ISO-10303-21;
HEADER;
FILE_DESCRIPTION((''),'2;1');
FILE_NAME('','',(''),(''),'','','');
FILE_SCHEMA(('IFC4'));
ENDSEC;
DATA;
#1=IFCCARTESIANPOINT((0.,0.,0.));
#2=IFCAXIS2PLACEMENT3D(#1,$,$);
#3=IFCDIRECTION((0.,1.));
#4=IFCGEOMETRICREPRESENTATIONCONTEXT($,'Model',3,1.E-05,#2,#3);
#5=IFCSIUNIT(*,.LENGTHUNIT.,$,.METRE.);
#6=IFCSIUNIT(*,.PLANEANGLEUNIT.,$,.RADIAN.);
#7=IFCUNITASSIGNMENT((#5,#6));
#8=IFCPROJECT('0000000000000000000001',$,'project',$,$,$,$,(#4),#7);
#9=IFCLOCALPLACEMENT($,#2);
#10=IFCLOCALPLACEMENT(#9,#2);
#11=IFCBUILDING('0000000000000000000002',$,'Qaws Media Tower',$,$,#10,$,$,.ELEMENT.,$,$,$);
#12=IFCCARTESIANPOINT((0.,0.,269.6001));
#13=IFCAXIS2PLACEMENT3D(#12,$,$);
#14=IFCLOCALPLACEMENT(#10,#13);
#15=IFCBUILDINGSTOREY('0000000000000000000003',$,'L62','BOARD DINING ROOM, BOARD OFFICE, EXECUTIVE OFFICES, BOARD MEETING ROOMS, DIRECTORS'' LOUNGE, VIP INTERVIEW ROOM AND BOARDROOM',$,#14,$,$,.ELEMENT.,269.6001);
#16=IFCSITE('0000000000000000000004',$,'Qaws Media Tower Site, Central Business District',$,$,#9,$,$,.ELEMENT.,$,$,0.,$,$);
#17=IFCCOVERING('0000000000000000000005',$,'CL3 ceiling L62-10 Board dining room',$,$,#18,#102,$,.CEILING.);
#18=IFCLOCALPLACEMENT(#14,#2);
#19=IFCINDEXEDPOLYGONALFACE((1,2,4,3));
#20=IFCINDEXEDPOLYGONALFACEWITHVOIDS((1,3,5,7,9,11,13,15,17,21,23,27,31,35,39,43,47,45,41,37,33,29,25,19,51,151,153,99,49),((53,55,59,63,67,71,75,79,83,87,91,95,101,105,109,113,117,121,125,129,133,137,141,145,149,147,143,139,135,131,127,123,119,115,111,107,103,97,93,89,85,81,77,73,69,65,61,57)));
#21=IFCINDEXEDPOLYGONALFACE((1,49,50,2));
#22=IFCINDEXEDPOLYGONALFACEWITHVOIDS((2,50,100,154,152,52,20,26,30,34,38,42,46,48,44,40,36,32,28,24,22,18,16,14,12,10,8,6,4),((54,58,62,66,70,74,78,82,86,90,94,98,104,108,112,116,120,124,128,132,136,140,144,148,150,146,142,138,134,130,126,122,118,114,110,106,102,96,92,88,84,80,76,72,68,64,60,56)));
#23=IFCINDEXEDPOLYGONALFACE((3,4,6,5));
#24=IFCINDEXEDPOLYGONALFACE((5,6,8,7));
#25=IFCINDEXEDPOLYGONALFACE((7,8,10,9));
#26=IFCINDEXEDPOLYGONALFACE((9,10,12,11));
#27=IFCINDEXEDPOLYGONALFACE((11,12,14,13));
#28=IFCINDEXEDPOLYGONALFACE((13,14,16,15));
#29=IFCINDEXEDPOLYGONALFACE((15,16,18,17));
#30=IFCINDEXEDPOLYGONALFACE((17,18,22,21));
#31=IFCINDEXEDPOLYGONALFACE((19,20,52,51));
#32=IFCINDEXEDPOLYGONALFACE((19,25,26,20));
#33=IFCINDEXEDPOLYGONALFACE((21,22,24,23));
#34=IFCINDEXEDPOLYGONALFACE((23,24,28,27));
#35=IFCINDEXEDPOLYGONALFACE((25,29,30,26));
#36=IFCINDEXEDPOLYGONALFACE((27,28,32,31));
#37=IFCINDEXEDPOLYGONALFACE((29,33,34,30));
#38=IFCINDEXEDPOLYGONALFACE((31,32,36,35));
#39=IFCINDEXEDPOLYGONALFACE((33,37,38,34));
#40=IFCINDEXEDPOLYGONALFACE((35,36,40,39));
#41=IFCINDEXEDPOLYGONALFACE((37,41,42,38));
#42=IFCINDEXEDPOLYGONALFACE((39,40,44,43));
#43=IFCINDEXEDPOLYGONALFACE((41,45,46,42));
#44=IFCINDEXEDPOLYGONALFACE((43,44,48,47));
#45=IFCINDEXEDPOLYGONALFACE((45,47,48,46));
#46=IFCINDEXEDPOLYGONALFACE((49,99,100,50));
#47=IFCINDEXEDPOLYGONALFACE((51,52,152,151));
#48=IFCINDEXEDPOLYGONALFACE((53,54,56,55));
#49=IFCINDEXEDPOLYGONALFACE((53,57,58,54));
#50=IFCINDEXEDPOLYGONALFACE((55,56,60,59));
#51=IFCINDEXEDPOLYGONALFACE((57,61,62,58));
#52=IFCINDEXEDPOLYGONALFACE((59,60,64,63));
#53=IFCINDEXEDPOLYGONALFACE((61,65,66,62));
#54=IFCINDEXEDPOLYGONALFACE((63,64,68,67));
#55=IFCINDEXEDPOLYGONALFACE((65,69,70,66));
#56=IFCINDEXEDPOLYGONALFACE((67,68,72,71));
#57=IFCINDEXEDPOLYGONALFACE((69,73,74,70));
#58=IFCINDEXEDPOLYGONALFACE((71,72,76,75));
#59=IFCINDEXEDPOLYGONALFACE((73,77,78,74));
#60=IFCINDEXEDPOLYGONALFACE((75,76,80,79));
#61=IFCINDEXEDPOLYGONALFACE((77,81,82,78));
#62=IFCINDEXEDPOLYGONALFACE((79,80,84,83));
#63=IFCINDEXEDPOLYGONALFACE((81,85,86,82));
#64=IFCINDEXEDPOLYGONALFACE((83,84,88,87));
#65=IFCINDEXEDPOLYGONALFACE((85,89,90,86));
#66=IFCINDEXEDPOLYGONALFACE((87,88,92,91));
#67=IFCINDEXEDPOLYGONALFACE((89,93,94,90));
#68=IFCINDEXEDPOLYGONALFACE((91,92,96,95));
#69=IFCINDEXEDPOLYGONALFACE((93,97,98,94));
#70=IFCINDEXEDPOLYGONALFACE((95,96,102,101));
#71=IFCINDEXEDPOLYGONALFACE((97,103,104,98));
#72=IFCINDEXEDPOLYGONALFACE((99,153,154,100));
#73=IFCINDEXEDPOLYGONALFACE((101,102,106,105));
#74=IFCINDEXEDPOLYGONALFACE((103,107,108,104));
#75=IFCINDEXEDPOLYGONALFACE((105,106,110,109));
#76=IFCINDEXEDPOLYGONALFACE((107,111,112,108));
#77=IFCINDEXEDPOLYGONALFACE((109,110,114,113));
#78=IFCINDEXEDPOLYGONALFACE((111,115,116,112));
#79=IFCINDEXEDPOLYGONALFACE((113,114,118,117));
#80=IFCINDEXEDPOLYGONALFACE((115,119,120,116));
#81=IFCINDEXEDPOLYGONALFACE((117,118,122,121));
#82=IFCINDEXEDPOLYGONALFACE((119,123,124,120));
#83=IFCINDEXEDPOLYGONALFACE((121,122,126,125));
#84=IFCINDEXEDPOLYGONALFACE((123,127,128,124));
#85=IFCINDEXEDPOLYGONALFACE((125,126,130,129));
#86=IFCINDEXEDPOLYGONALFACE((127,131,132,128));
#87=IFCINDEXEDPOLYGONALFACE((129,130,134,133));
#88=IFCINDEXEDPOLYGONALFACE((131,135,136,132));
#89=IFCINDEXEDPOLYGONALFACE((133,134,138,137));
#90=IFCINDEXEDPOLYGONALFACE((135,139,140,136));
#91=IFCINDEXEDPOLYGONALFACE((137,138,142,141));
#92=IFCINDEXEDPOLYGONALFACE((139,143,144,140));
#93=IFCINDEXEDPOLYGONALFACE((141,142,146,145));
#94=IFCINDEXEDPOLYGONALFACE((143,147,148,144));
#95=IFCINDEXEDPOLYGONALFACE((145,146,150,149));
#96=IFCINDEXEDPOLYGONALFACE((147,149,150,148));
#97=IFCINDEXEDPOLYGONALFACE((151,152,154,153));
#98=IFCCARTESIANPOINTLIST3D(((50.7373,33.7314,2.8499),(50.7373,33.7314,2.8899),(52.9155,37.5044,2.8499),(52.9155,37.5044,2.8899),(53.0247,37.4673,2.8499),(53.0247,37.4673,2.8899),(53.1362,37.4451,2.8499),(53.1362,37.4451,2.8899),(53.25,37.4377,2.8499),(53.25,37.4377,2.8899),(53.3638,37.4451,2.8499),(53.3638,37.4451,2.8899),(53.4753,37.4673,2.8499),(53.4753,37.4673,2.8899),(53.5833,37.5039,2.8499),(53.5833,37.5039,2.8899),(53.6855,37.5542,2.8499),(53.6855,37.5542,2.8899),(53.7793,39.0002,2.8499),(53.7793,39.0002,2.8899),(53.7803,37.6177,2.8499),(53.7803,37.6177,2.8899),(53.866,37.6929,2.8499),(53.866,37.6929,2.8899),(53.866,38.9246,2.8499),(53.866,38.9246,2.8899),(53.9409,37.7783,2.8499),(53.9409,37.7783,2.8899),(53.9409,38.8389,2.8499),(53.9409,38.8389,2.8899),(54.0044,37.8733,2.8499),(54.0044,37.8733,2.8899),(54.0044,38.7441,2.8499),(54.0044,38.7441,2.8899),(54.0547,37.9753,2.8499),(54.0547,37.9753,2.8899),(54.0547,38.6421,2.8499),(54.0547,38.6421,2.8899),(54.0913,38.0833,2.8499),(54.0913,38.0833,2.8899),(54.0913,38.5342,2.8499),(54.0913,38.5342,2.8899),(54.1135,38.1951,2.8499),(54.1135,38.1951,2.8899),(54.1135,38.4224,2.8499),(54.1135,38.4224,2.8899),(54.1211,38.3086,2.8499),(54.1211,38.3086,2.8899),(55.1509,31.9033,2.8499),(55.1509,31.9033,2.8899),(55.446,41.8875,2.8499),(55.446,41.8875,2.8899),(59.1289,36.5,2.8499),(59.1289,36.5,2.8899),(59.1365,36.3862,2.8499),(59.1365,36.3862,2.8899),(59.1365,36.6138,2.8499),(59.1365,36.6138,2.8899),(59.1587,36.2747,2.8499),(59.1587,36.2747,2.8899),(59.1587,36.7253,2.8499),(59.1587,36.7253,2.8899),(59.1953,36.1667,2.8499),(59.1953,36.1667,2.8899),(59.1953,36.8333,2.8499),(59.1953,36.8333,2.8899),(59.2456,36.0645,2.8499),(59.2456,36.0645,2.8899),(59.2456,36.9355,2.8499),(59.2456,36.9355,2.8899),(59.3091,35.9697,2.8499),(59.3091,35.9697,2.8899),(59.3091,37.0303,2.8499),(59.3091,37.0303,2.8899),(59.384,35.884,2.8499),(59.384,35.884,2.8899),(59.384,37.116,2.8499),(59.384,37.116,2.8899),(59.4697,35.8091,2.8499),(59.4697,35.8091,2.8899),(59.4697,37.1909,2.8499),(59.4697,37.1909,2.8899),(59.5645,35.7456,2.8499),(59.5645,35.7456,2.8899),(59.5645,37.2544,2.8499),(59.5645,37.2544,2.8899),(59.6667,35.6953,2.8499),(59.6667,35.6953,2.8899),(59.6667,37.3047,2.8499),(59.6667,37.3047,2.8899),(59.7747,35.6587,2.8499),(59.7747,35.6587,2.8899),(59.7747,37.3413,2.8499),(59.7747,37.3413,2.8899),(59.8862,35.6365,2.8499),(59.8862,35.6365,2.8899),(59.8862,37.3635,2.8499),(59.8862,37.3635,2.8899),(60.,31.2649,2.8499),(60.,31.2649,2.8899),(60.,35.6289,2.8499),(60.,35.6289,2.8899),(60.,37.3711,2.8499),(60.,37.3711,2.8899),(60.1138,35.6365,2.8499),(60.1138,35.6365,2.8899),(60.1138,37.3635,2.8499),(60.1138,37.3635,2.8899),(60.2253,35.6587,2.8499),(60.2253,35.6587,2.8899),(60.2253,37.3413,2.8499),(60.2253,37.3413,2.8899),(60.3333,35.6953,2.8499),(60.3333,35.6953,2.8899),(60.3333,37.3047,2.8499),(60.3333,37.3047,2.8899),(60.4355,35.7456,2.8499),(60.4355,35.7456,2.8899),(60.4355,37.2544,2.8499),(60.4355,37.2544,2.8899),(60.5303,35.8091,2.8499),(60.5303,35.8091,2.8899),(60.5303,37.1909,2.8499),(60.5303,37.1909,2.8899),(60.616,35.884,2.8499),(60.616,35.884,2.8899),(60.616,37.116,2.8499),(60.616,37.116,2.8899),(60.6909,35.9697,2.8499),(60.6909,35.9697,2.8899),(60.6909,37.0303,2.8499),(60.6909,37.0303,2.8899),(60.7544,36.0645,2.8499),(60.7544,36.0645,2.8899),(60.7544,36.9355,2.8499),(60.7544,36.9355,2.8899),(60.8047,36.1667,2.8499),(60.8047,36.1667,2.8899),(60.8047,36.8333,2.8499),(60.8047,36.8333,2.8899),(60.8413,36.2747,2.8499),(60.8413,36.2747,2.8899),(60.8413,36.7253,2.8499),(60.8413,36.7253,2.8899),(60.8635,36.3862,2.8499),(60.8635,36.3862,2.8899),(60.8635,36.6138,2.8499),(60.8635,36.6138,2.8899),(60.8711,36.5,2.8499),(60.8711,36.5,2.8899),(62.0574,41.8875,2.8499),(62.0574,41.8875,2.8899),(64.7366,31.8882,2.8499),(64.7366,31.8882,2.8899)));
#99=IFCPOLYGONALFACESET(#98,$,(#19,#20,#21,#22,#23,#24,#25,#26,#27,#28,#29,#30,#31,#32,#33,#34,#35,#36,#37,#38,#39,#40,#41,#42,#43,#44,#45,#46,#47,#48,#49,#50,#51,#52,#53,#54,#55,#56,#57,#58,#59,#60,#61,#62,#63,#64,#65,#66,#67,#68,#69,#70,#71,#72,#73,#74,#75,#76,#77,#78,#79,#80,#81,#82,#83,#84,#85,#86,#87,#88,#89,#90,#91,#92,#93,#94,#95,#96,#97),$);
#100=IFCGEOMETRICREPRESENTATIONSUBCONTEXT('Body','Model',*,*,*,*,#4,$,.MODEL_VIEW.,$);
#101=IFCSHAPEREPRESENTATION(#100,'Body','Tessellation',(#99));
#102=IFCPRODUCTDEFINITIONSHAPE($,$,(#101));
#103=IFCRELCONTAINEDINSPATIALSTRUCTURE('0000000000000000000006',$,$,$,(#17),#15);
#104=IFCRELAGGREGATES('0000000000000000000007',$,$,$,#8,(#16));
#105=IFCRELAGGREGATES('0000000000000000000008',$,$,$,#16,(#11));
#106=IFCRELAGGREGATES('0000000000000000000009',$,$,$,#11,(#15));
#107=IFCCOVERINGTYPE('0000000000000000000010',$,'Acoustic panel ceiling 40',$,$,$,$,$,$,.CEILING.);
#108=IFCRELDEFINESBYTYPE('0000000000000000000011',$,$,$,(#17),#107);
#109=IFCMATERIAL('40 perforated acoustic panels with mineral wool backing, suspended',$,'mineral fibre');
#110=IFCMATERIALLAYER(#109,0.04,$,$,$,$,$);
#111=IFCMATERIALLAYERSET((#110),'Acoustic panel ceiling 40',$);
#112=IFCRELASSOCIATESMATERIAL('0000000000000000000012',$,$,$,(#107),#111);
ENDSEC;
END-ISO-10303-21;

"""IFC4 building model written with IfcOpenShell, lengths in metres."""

from ifc_helpers import new_model, si_unit, direction, frame, origin, place, context, subcontext, project, spatial, polyline, outline, extrude, material, layer, layer_set, type_object, element, save


model = new_model("IFC4")

# Units and contexts
model_context = context("Model", 3, precision=1e-05, world=origin(), true_north=direction((0.0, 1.0)))
body_context = subcontext(model_context, "Body", "Model", "MODEL_VIEW")
ifc_project = project(units=[si_unit("LENGTHUNIT", "METRE"), si_unit("PLANEANGLEUNIT", "RADIAN")], contexts=[model_context])

# Site, building, storey
site_placement = place(None, origin())
site = spatial("IfcSite", under=ifc_project, at=site_placement, Name="Qaws Media Tower Site, Central Business District", CompositionType="ELEMENT", RefElevation=0.0)
building_placement = place(site_placement, origin())
building = spatial("IfcBuilding", under=site, at=building_placement, Name="Qaws Media Tower", CompositionType="ELEMENT")
storey_placement = place(building_placement, frame((0.0, 0.0, 269.6001)))
storey = spatial("IfcBuildingStorey", under=building, at=storey_placement, Name="L62", Description="BOARD DINING ROOM, BOARD OFFICE, EXECUTIVE OFFICES, BOARD MEETING ROOMS, DIRECTORS' LOUNGE, VIP INTERVIEW ROOM AND BOARDROOM", CompositionType="ELEMENT", Elevation=269.6001)

# Covering
ifc_material_1 = material(Name="40 perforated acoustic panels with mineral wool backing, suspended", Category="mineral fibre")
ifc_layer_1 = layer(ifc_material_1, 0.04)
ifc_layer_set_1 = layer_set([ifc_layer_1], Name="Acoustic panel ceiling 40")
covering_type_1 = type_object("IfcCoveringType", Name="Acoustic panel ceiling 40", PredefinedType="CEILING", material=ifc_layer_set_1)
covering_1_placement = place(storey_placement, frame((0.0, 0.0, 2.8499)))
element("IfcCovering", 1, at=covering_1_placement, inside=storey, type_object=covering_type_1, Name="CL3 ceiling L62-10 Board dining room", PredefinedType="CEILING", context=body_context, shape_type="SweptSolid", body=[
    extrude(outline(polyline([(60.0, 31.2649), (55.1509, 31.9033), (50.7373, 33.7314), (52.9155, 37.5044), (53.0247, 37.4673), (53.1362, 37.4451), (53.25, 37.4377), (53.3638, 37.4451), (53.4753, 37.4673), (53.5833, 37.5039), (53.6855, 37.5542), (53.7803, 37.6177), (53.866, 37.6929), (53.9409, 37.7783), (54.0044, 37.8733), (54.0547, 37.9753), (54.0913, 38.0833), (54.1135, 38.1951), (54.1211, 38.3086), (54.1135, 38.4224), (54.0913, 38.5342), (54.0547, 38.6421), (54.0044, 38.7441), (53.9409, 38.8389), (53.866, 38.9246), (53.7793, 39.0002), (55.446, 41.8875), (62.0574, 41.8875), (64.7366, 31.8882), (60.0, 31.2649)]), holes=[polyline([(60.8413, 36.2747), (60.8635, 36.3862), (60.8711, 36.5), (60.8635, 36.6138), (60.8413, 36.7253), (60.8047, 36.8333), (60.7544, 36.9355), (60.6909, 37.0303), (60.616, 37.116), (60.5303, 37.1909), (60.4355, 37.2544), (60.3333, 37.3047), (60.2253, 37.3413), (60.1138, 37.3635), (60.0, 37.3711), (59.8862, 37.3635), (59.7747, 37.3413), (59.6667, 37.3047), (59.5645, 37.2544), (59.4697, 37.1909), (59.384, 37.116), (59.3091, 37.0303), (59.2456, 36.9355), (59.1953, 36.8333), (59.1587, 36.7253), (59.1365, 36.6138), (59.1289, 36.5), (59.1365, 36.3862), (59.1587, 36.2747), (59.1953, 36.1667), (59.2456, 36.0645), (59.3091, 35.9697), (59.384, 35.884), (59.4697, 35.8091), (59.5645, 35.7456), (59.6667, 35.6953), (59.7747, 35.6587), (59.8862, 35.6365), (60.0, 35.6289), (60.1138, 35.6365), (60.2253, 35.6587), (60.3333, 35.6953), (60.4355, 35.7456), (60.5303, 35.8091), (60.616, 35.884), (60.6909, 35.9697), (60.7544, 36.0645), (60.8047, 36.1667), (60.8413, 36.2747)])]), origin(), (0.0, 0.0, 1.0), 0.04),
])

save(model, "model.ifc")
